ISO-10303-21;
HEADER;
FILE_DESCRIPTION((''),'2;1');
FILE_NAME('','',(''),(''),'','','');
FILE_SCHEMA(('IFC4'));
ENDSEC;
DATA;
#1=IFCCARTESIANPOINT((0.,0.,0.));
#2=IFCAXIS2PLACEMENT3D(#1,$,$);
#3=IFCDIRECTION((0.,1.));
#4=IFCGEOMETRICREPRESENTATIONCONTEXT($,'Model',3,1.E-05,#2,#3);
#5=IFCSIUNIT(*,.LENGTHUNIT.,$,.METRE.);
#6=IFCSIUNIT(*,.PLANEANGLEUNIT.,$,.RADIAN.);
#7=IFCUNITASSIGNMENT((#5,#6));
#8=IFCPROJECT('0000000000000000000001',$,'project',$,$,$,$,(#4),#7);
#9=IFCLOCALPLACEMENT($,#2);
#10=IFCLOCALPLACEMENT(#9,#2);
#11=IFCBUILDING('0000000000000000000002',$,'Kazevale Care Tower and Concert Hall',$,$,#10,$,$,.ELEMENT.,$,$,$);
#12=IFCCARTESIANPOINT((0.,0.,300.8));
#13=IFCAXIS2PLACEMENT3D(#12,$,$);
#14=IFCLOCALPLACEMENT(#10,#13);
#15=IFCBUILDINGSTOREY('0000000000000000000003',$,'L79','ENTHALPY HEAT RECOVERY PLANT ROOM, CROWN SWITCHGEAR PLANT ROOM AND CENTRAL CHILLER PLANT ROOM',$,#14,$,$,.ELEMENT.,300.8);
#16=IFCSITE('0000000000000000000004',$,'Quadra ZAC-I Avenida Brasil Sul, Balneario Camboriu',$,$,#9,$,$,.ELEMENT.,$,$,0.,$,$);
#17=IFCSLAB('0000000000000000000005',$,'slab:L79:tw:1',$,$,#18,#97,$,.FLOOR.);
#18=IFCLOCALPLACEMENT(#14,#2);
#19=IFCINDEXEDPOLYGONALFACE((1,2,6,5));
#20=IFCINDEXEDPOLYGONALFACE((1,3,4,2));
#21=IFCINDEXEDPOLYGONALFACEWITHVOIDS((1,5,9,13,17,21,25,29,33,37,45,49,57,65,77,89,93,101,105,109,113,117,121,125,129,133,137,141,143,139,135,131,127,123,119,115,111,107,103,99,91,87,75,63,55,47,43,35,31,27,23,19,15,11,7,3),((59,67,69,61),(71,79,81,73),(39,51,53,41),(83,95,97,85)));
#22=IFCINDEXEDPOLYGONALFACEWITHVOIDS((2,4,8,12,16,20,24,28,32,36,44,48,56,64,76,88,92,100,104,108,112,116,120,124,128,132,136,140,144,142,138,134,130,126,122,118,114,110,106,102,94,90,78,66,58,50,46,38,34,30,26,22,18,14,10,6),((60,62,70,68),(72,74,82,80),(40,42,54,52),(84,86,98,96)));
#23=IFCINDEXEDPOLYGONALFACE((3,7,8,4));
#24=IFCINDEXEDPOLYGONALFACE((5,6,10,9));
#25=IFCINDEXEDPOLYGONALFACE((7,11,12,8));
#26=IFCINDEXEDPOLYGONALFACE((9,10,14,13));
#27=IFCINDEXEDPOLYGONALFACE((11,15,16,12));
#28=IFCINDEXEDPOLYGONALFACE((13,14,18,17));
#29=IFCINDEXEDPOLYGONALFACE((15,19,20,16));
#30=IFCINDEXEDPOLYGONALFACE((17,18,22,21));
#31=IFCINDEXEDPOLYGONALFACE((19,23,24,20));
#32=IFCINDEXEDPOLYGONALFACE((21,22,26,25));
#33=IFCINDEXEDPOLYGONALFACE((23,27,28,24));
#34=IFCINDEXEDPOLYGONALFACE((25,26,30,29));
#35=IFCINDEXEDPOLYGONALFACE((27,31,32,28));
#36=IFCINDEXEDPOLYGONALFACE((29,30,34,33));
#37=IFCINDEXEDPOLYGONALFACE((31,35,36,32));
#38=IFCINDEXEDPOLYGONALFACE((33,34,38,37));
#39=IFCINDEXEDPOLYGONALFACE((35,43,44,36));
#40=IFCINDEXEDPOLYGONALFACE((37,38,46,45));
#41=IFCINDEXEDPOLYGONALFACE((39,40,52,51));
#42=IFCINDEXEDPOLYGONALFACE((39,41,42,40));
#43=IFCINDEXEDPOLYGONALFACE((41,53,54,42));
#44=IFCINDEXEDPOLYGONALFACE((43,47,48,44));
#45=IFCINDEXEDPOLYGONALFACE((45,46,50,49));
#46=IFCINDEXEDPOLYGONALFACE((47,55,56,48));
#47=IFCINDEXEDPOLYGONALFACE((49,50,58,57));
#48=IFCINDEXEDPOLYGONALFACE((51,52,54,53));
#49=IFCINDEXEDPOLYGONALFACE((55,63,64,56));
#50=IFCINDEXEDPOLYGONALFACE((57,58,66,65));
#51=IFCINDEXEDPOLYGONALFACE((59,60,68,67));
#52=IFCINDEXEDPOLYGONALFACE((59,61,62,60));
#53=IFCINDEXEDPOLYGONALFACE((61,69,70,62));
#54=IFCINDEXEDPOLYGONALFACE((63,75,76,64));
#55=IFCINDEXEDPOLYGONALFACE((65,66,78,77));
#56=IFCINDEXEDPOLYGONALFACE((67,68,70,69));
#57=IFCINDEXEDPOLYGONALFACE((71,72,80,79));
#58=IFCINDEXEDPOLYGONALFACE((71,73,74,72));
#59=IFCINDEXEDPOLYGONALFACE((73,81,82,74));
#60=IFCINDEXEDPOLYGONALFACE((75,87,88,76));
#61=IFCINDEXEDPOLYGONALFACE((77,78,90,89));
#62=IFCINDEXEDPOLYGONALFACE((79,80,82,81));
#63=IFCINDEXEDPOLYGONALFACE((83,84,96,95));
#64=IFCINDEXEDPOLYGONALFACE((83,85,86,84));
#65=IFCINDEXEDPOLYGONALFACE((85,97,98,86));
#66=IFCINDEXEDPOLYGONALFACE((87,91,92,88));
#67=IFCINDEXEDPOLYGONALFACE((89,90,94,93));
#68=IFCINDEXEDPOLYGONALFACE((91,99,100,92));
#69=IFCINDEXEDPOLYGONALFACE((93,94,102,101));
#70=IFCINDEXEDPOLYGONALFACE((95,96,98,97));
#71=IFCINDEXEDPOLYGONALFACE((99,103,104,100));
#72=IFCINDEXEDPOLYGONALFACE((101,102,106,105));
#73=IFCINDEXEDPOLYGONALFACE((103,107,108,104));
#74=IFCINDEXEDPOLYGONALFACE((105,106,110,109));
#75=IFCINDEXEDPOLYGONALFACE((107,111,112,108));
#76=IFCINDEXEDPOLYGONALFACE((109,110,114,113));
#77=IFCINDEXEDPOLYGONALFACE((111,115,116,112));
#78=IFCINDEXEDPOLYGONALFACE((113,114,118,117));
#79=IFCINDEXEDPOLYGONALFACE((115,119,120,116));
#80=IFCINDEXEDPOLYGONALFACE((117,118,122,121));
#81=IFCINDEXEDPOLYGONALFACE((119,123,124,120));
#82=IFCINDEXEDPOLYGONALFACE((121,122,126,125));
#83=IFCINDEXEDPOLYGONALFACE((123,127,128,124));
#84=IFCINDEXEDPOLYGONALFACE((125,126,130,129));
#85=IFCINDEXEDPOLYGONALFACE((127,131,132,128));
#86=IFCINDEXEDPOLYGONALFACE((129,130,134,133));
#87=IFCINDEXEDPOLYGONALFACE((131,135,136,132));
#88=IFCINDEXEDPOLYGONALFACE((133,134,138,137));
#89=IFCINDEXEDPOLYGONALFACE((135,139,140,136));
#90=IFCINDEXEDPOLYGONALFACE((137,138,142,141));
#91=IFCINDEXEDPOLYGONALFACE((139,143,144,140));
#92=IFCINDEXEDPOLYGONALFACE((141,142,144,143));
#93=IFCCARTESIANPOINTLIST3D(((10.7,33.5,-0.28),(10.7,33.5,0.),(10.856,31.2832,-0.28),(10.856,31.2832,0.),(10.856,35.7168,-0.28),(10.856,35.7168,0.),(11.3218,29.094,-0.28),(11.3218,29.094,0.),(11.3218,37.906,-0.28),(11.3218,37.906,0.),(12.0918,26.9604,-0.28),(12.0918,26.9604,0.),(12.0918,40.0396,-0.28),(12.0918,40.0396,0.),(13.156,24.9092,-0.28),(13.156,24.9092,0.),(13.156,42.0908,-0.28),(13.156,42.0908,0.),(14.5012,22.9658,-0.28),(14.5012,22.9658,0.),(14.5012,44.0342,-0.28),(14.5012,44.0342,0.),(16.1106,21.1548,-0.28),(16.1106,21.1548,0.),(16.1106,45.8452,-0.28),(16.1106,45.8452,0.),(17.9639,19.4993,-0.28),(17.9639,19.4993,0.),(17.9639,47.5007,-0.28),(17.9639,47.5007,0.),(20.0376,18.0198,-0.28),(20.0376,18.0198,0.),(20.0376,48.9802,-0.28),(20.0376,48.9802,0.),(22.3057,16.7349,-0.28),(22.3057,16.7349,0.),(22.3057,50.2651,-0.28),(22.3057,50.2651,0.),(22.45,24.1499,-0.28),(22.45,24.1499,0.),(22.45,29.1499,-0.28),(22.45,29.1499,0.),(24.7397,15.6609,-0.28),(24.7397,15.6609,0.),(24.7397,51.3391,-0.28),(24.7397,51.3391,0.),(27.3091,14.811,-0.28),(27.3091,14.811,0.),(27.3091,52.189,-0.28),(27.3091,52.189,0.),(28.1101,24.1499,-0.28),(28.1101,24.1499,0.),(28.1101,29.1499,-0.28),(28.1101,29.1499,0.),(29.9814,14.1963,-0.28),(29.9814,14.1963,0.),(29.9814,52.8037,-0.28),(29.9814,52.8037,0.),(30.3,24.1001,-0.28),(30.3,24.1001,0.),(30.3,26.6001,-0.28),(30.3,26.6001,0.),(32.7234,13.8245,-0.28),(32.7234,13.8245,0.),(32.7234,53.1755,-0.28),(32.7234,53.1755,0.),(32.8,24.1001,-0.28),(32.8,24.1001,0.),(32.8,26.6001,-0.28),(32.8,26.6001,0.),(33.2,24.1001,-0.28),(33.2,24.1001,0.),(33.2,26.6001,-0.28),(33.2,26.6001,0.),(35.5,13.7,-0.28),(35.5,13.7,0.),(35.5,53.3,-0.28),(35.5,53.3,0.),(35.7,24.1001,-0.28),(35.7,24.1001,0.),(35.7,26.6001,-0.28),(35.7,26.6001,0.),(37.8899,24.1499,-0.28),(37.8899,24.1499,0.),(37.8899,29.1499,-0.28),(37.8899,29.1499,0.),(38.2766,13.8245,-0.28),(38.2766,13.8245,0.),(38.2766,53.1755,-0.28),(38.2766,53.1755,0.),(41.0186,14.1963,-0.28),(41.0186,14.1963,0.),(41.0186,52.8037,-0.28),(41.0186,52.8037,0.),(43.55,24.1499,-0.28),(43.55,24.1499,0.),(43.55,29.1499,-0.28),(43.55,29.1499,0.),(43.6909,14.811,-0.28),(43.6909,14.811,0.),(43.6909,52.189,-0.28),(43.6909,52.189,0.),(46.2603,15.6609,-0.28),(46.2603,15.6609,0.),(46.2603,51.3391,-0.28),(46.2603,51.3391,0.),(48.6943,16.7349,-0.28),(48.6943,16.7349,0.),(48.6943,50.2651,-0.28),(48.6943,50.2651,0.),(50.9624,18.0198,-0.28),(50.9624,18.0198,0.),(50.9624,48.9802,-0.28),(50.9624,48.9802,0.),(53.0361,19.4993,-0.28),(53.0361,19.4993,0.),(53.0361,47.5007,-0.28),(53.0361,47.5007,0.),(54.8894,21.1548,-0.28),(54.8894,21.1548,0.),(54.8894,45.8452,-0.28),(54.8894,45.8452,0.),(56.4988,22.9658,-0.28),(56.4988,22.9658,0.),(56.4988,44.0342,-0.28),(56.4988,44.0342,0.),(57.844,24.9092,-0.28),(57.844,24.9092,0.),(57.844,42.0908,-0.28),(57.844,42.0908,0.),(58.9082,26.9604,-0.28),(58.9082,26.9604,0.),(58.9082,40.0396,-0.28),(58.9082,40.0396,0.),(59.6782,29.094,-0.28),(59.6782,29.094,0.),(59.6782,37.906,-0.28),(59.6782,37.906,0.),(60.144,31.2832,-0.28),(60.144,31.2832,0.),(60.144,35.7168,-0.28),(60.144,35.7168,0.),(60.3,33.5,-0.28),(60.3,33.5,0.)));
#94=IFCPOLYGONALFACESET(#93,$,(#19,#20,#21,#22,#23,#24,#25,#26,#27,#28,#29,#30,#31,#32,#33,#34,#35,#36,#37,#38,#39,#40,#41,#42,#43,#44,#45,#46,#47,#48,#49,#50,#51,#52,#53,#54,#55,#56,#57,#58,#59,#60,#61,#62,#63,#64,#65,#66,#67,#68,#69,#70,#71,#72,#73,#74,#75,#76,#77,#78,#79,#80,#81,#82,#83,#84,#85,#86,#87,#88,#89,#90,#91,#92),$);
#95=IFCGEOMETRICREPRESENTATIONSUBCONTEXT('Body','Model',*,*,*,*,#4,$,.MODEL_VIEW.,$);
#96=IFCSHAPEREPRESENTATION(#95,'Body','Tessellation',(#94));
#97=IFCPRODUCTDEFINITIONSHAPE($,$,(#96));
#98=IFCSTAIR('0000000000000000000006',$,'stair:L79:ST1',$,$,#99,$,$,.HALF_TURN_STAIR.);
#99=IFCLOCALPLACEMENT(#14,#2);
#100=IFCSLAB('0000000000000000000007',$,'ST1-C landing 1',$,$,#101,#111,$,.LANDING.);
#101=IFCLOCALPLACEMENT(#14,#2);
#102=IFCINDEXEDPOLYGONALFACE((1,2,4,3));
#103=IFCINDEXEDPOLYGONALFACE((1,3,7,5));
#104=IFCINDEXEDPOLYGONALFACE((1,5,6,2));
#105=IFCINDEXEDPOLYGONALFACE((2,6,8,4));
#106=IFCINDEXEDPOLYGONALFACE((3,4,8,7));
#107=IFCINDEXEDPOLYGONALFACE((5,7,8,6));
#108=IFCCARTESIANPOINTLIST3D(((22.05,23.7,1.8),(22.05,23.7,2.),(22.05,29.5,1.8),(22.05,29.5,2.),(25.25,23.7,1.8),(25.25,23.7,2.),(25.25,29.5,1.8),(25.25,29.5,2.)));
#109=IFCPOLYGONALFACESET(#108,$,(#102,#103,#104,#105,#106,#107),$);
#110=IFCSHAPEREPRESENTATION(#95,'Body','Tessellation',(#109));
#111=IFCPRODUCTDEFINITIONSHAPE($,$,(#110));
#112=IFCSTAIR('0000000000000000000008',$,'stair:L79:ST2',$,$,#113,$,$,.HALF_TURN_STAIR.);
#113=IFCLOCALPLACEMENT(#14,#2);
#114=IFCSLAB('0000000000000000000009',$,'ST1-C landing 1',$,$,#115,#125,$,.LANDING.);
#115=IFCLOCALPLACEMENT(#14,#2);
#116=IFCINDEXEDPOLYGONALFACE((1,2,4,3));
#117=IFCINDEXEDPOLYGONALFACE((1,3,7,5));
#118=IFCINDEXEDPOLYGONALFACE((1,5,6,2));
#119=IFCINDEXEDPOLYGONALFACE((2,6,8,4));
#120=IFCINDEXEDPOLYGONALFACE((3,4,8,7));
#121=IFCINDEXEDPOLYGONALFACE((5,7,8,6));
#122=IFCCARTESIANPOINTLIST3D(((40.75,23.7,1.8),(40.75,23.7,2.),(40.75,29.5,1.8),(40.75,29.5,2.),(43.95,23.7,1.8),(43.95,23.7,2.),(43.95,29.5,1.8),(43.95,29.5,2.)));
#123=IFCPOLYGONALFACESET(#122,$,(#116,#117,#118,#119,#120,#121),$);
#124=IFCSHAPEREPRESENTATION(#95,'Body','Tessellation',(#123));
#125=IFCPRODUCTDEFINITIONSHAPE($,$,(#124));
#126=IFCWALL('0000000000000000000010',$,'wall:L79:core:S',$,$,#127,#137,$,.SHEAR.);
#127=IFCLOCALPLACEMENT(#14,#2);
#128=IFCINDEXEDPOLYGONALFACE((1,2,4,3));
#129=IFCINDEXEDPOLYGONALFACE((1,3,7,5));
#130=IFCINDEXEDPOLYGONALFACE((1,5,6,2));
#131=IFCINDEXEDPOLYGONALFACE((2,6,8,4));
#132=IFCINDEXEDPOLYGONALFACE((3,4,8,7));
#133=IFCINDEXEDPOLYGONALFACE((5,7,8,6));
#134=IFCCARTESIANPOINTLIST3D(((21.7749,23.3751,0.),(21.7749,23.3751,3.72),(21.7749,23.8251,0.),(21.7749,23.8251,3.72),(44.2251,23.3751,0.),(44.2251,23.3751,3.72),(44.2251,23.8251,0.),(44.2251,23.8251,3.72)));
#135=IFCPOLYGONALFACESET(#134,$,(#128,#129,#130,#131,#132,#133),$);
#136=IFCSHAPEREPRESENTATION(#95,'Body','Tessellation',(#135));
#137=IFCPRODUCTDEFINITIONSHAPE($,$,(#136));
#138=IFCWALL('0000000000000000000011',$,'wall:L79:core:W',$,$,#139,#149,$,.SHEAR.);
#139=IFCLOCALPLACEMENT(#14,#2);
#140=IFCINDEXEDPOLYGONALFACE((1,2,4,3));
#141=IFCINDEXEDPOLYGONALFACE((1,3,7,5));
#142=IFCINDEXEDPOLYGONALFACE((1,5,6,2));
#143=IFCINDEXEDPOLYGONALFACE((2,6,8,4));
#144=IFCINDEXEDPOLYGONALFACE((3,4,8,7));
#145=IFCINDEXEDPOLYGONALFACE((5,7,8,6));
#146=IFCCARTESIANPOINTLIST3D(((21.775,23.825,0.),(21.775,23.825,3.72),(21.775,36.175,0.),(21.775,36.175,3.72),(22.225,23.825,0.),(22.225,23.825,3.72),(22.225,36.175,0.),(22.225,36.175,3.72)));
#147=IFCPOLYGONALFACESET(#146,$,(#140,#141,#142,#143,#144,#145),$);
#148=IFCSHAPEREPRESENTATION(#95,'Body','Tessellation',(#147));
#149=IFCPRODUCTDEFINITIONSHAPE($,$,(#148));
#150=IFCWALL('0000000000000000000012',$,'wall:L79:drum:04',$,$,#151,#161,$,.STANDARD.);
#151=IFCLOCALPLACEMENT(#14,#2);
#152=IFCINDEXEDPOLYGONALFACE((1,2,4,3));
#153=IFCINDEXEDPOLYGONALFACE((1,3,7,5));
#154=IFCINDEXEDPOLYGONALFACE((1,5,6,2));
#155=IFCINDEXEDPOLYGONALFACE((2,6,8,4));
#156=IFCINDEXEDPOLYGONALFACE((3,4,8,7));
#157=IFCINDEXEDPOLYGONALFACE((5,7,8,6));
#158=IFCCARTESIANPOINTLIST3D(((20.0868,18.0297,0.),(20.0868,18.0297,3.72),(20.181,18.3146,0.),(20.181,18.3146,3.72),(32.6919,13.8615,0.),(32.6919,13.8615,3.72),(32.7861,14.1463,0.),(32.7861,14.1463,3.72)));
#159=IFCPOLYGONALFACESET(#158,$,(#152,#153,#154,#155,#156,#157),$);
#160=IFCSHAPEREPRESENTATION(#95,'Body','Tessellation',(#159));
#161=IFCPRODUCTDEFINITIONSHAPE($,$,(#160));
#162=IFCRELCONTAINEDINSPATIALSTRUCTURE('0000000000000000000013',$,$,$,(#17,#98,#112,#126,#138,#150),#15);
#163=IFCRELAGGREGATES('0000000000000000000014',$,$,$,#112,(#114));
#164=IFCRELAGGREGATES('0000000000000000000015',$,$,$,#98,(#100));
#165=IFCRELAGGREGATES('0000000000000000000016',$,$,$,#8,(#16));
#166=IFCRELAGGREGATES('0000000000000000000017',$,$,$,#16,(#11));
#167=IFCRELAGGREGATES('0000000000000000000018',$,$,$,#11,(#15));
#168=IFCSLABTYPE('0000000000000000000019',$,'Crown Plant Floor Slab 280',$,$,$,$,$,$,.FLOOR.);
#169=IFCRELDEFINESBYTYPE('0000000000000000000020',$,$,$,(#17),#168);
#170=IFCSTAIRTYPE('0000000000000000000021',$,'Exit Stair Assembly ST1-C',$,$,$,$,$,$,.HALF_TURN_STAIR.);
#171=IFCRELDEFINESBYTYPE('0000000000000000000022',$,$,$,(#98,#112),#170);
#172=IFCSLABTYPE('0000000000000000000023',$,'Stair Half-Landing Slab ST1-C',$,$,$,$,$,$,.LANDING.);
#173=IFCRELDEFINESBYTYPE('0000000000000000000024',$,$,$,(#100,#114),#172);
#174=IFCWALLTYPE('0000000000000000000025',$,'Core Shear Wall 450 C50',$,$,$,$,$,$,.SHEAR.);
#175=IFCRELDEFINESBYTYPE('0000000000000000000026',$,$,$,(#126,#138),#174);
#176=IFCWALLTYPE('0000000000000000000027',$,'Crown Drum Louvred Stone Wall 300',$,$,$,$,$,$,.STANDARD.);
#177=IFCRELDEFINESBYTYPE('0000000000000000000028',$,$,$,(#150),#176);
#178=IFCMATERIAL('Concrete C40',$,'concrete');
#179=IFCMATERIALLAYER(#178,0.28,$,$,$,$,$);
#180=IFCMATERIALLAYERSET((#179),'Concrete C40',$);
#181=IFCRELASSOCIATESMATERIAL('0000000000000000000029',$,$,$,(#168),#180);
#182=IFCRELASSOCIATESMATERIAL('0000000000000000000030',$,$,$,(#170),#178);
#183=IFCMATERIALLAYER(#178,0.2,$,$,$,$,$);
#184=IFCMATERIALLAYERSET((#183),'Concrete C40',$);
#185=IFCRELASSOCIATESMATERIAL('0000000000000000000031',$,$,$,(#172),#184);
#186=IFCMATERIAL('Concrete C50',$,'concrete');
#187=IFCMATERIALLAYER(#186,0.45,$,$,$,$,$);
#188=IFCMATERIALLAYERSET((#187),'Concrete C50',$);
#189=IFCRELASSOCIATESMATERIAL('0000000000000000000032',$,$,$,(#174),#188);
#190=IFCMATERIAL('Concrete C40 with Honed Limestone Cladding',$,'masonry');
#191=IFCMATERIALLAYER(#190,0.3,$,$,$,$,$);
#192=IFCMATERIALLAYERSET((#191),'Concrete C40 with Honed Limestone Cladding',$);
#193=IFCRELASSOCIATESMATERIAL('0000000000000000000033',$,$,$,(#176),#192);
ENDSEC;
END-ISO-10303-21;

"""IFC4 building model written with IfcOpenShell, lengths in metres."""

from ifc_helpers import new_model, si_unit, direction, frame, frame_2d, origin, place, context, subcontext, project, spatial, polyline, rectangle, outline, extrude, material, layer, layer_set, type_object, element, aggregate, save


model = new_model("IFC4")

# Units and contexts
model_context = context("Model", 3, precision=1e-05, world=origin(), true_north=direction((0.0, 1.0)))
body_context = subcontext(model_context, "Body", "Model", "MODEL_VIEW")
ifc_project = project(units=[si_unit("LENGTHUNIT", "METRE"), si_unit("PLANEANGLEUNIT", "RADIAN")], contexts=[model_context])

# Site, building, storey
site_placement = place(None, origin())
site = spatial("IfcSite", under=ifc_project, at=site_placement, Name="Quadra ZAC-I Avenida Brasil Sul, Balneario Camboriu", CompositionType="ELEMENT", RefElevation=0.0)
building_placement = place(site_placement, origin())
building = spatial("IfcBuilding", under=site, at=building_placement, Name="Kazevale Care Tower and Concert Hall", CompositionType="ELEMENT")
storey_placement = place(building_placement, frame((0.0, 0.0, 300.8)))
storey = spatial("IfcBuildingStorey", under=building, at=storey_placement, Name="L79", Description="ENTHALPY HEAT RECOVERY PLANT ROOM, CROWN SWITCHGEAR PLANT ROOM AND CENTRAL CHILLER PLANT ROOM", CompositionType="ELEMENT", Elevation=300.8)

# Shared definitions
ifc_material_1 = material(Name="Concrete C50", Category="concrete")

# Slab
ifc_material_2 = material(Name="Concrete C40", Category="concrete")
ifc_layer_1 = layer(ifc_material_2, 0.28)
ifc_layer_set_1 = layer_set([ifc_layer_1], Name="Concrete C40")
slab_type_1 = type_object("IfcSlabType", Name="Crown Plant Floor Slab 280", PredefinedType="FLOOR", material=ifc_layer_set_1)
slab_1_placement = place(storey_placement, frame((0.0, 0.0, -0.28)))
element("IfcSlab", 1, at=slab_1_placement, inside=storey, type_object=slab_type_1, Name="slab:L79:tw:1", PredefinedType="FLOOR", context=body_context, shape_type="SweptSolid", body=[
    extrude(outline(polyline([(60.3, 33.5), (60.144, 35.7168), (59.6782, 37.906), (58.9082, 40.0396), (57.844, 42.0908), (56.4988, 44.0342), (54.8894, 45.8452), (53.0361, 47.5007), (50.9624, 48.9802), (48.6943, 50.2651), (46.2603, 51.3391), (43.6909, 52.189), (41.0186, 52.8037), (38.2766, 53.1755), (35.5, 53.3), (32.7234, 53.1755), (29.9814, 52.8037), (27.3091, 52.189), (24.7397, 51.3391), (22.3057, 50.2651), (20.0376, 48.9802), (17.9639, 47.5007), (16.1106, 45.8452), (14.5012, 44.0342), (13.156, 42.0908), (12.0918, 40.0396), (11.3218, 37.906), (10.856, 35.7168), (10.7, 33.5), (10.856, 31.2832), (11.3218, 29.094), (12.0918, 26.9604), (13.156, 24.9092), (14.5012, 22.9658), (16.1106, 21.1548), (17.9639, 19.4993), (20.0376, 18.0198), (22.3057, 16.7349), (24.7397, 15.6609), (27.3091, 14.811), (29.9814, 14.1963), (32.7234, 13.8245), (35.5, 13.7), (38.2766, 13.8245), (41.0186, 14.1963), (43.6909, 14.811), (46.2603, 15.6609), (48.6943, 16.7349), (50.9624, 18.0198), (53.0361, 19.4993), (54.8894, 21.1548), (56.4988, 22.9658), (57.844, 24.9092), (58.9082, 26.9604), (59.6782, 29.094), (60.144, 31.2832), (60.3, 33.5)]), holes=[polyline([(22.45, 24.1499), (28.1101, 24.1499), (28.1101, 29.1499), (22.45, 29.1499), (22.45, 24.1499)]), polyline([(37.8899, 24.1499), (43.55, 24.1499), (43.55, 29.1499), (37.8899, 29.1499), (37.8899, 24.1499)]), polyline([(30.3, 24.1001), (32.8, 24.1001), (32.8, 26.6001), (30.3, 26.6001), (30.3, 24.1001)]), polyline([(33.2, 24.1001), (35.7, 24.1001), (35.7, 26.6001), (33.2, 26.6001), (33.2, 24.1001)])]), origin(), (0.0, 0.0, 1.0), 0.28),
])

# Stairs, slabs
stair_type = type_object("IfcStairType", Name="Exit Stair Assembly ST1-C", PredefinedType="HALF_TURN_STAIR", material=ifc_material_2)
stair_1_placement = place(storey_placement, origin())
stair_1 = element("IfcStair", 2, at=stair_1_placement, inside=storey, type_object=stair_type, Name="stair:L79:ST1", PredefinedType="HALF_TURN_STAIR")
ifc_layer_2 = layer(ifc_material_2, 0.2)
ifc_layer_set_2 = layer_set([ifc_layer_2], Name="Concrete C40")
slab_type_2 = type_object("IfcSlabType", Name="Stair Half-Landing Slab ST1-C", PredefinedType="LANDING", material=ifc_layer_set_2)
slab_2_placement = place(storey_placement, frame((0.0, 0.0, 1.8)))
slab_2 = element("IfcSlab", 3, at=slab_2_placement, type_object=slab_type_2, Name="ST1-C landing 1", PredefinedType="LANDING", context=body_context, shape_type="SweptSolid", body=[
    extrude(outline(polyline([(22.05, 23.7), (25.25, 23.7), (25.25, 29.5), (22.05, 29.5), (22.05, 23.7)])), origin(), (0.0, 0.0, 1.0), 0.2),
])
stair_2_placement = place(storey_placement, origin())
stair_2 = element("IfcStair", 4, at=stair_2_placement, inside=storey, type_object=stair_type, Name="stair:L79:ST2", PredefinedType="HALF_TURN_STAIR")
slab_3_placement = place(storey_placement, frame((0.0, 0.0, 1.8)))
slab_3 = element("IfcSlab", 5, at=slab_3_placement, type_object=slab_type_2, Name="ST1-C landing 1", PredefinedType="LANDING", context=body_context, shape_type="SweptSolid", body=[
    extrude(outline(polyline([(40.75, 23.7), (43.95, 23.7), (43.95, 29.5), (40.75, 29.5), (40.75, 23.7)])), origin(), (0.0, 0.0, 1.0), 0.2),
])
aggregate(stair_2, [slab_3])

# Walls
ifc_layer_3 = layer(ifc_material_1, 0.45)
ifc_layer_set_3 = layer_set([ifc_layer_3], Name="Concrete C50")
wall_type_1 = type_object("IfcWallType", Name="Core Shear Wall 450 C50", PredefinedType="SHEAR", material=ifc_layer_set_3)
wall_1_placement = place(storey_placement, frame((21.7749, 23.6001, 0.0), z_axis=(0.0, 0.0, 1.0), x_axis=(1.0, 0.0, 0.0)))
element("IfcWall", 6, at=wall_1_placement, inside=storey, type_object=wall_type_1, Name="wall:L79:core:S", PredefinedType="SHEAR", context=body_context, shape_type="SweptSolid", body=[
    extrude(rectangle(XDim=22.4502, YDim=0.45, at=frame_2d((11.2251, 0.0))), origin(), (0.0, 0.0, 1.0), 3.72),
])
wall_2_placement = place(storey_placement, frame((22.0, 23.825, 0.0), z_axis=(0.0, 0.0, 1.0), x_axis=(0.0, 1.0, 0.0)))
element("IfcWall", 7, at=wall_2_placement, inside=storey, type_object=wall_type_1, Name="wall:L79:core:W", PredefinedType="SHEAR", context=body_context, shape_type="SweptSolid", body=[
    extrude(rectangle(XDim=12.3501, YDim=0.45, at=frame_2d((6.175, 0.0))), origin(), (0.0, 0.0, 1.0), 3.72),
])
ifc_material_3 = material(Name="Concrete C40 with Honed Limestone Cladding", Category="masonry")
ifc_layer_4 = layer(ifc_material_3, 0.3)
ifc_layer_set_4 = layer_set([ifc_layer_4], Name="Concrete C40 with Honed Limestone Cladding")
wall_type_2 = type_object("IfcWallType", Name="Crown Drum Louvred Stone Wall 300", PredefinedType="STANDARD", material=ifc_layer_set_4)
wall_3_placement = place(storey_placement, frame((32.739, 14.0039, 0.0), z_axis=(0.0, 0.0, 1.0), x_axis=(-0.949436, 0.313959, 0.0)))
element("IfcWall", 8, at=wall_3_placement, inside=storey, type_object=wall_type_2, Name="wall:L79:drum:04", PredefinedType="STANDARD", context=body_context, shape_type="SweptSolid", body=[
    extrude(rectangle(XDim=13.2764, YDim=0.3, at=frame_2d((6.6382, 0.0))), origin(), (0.0, 0.0, 1.0), 3.72),
])

aggregate(stair_1, [slab_2])

save(model, "model.ifc")
